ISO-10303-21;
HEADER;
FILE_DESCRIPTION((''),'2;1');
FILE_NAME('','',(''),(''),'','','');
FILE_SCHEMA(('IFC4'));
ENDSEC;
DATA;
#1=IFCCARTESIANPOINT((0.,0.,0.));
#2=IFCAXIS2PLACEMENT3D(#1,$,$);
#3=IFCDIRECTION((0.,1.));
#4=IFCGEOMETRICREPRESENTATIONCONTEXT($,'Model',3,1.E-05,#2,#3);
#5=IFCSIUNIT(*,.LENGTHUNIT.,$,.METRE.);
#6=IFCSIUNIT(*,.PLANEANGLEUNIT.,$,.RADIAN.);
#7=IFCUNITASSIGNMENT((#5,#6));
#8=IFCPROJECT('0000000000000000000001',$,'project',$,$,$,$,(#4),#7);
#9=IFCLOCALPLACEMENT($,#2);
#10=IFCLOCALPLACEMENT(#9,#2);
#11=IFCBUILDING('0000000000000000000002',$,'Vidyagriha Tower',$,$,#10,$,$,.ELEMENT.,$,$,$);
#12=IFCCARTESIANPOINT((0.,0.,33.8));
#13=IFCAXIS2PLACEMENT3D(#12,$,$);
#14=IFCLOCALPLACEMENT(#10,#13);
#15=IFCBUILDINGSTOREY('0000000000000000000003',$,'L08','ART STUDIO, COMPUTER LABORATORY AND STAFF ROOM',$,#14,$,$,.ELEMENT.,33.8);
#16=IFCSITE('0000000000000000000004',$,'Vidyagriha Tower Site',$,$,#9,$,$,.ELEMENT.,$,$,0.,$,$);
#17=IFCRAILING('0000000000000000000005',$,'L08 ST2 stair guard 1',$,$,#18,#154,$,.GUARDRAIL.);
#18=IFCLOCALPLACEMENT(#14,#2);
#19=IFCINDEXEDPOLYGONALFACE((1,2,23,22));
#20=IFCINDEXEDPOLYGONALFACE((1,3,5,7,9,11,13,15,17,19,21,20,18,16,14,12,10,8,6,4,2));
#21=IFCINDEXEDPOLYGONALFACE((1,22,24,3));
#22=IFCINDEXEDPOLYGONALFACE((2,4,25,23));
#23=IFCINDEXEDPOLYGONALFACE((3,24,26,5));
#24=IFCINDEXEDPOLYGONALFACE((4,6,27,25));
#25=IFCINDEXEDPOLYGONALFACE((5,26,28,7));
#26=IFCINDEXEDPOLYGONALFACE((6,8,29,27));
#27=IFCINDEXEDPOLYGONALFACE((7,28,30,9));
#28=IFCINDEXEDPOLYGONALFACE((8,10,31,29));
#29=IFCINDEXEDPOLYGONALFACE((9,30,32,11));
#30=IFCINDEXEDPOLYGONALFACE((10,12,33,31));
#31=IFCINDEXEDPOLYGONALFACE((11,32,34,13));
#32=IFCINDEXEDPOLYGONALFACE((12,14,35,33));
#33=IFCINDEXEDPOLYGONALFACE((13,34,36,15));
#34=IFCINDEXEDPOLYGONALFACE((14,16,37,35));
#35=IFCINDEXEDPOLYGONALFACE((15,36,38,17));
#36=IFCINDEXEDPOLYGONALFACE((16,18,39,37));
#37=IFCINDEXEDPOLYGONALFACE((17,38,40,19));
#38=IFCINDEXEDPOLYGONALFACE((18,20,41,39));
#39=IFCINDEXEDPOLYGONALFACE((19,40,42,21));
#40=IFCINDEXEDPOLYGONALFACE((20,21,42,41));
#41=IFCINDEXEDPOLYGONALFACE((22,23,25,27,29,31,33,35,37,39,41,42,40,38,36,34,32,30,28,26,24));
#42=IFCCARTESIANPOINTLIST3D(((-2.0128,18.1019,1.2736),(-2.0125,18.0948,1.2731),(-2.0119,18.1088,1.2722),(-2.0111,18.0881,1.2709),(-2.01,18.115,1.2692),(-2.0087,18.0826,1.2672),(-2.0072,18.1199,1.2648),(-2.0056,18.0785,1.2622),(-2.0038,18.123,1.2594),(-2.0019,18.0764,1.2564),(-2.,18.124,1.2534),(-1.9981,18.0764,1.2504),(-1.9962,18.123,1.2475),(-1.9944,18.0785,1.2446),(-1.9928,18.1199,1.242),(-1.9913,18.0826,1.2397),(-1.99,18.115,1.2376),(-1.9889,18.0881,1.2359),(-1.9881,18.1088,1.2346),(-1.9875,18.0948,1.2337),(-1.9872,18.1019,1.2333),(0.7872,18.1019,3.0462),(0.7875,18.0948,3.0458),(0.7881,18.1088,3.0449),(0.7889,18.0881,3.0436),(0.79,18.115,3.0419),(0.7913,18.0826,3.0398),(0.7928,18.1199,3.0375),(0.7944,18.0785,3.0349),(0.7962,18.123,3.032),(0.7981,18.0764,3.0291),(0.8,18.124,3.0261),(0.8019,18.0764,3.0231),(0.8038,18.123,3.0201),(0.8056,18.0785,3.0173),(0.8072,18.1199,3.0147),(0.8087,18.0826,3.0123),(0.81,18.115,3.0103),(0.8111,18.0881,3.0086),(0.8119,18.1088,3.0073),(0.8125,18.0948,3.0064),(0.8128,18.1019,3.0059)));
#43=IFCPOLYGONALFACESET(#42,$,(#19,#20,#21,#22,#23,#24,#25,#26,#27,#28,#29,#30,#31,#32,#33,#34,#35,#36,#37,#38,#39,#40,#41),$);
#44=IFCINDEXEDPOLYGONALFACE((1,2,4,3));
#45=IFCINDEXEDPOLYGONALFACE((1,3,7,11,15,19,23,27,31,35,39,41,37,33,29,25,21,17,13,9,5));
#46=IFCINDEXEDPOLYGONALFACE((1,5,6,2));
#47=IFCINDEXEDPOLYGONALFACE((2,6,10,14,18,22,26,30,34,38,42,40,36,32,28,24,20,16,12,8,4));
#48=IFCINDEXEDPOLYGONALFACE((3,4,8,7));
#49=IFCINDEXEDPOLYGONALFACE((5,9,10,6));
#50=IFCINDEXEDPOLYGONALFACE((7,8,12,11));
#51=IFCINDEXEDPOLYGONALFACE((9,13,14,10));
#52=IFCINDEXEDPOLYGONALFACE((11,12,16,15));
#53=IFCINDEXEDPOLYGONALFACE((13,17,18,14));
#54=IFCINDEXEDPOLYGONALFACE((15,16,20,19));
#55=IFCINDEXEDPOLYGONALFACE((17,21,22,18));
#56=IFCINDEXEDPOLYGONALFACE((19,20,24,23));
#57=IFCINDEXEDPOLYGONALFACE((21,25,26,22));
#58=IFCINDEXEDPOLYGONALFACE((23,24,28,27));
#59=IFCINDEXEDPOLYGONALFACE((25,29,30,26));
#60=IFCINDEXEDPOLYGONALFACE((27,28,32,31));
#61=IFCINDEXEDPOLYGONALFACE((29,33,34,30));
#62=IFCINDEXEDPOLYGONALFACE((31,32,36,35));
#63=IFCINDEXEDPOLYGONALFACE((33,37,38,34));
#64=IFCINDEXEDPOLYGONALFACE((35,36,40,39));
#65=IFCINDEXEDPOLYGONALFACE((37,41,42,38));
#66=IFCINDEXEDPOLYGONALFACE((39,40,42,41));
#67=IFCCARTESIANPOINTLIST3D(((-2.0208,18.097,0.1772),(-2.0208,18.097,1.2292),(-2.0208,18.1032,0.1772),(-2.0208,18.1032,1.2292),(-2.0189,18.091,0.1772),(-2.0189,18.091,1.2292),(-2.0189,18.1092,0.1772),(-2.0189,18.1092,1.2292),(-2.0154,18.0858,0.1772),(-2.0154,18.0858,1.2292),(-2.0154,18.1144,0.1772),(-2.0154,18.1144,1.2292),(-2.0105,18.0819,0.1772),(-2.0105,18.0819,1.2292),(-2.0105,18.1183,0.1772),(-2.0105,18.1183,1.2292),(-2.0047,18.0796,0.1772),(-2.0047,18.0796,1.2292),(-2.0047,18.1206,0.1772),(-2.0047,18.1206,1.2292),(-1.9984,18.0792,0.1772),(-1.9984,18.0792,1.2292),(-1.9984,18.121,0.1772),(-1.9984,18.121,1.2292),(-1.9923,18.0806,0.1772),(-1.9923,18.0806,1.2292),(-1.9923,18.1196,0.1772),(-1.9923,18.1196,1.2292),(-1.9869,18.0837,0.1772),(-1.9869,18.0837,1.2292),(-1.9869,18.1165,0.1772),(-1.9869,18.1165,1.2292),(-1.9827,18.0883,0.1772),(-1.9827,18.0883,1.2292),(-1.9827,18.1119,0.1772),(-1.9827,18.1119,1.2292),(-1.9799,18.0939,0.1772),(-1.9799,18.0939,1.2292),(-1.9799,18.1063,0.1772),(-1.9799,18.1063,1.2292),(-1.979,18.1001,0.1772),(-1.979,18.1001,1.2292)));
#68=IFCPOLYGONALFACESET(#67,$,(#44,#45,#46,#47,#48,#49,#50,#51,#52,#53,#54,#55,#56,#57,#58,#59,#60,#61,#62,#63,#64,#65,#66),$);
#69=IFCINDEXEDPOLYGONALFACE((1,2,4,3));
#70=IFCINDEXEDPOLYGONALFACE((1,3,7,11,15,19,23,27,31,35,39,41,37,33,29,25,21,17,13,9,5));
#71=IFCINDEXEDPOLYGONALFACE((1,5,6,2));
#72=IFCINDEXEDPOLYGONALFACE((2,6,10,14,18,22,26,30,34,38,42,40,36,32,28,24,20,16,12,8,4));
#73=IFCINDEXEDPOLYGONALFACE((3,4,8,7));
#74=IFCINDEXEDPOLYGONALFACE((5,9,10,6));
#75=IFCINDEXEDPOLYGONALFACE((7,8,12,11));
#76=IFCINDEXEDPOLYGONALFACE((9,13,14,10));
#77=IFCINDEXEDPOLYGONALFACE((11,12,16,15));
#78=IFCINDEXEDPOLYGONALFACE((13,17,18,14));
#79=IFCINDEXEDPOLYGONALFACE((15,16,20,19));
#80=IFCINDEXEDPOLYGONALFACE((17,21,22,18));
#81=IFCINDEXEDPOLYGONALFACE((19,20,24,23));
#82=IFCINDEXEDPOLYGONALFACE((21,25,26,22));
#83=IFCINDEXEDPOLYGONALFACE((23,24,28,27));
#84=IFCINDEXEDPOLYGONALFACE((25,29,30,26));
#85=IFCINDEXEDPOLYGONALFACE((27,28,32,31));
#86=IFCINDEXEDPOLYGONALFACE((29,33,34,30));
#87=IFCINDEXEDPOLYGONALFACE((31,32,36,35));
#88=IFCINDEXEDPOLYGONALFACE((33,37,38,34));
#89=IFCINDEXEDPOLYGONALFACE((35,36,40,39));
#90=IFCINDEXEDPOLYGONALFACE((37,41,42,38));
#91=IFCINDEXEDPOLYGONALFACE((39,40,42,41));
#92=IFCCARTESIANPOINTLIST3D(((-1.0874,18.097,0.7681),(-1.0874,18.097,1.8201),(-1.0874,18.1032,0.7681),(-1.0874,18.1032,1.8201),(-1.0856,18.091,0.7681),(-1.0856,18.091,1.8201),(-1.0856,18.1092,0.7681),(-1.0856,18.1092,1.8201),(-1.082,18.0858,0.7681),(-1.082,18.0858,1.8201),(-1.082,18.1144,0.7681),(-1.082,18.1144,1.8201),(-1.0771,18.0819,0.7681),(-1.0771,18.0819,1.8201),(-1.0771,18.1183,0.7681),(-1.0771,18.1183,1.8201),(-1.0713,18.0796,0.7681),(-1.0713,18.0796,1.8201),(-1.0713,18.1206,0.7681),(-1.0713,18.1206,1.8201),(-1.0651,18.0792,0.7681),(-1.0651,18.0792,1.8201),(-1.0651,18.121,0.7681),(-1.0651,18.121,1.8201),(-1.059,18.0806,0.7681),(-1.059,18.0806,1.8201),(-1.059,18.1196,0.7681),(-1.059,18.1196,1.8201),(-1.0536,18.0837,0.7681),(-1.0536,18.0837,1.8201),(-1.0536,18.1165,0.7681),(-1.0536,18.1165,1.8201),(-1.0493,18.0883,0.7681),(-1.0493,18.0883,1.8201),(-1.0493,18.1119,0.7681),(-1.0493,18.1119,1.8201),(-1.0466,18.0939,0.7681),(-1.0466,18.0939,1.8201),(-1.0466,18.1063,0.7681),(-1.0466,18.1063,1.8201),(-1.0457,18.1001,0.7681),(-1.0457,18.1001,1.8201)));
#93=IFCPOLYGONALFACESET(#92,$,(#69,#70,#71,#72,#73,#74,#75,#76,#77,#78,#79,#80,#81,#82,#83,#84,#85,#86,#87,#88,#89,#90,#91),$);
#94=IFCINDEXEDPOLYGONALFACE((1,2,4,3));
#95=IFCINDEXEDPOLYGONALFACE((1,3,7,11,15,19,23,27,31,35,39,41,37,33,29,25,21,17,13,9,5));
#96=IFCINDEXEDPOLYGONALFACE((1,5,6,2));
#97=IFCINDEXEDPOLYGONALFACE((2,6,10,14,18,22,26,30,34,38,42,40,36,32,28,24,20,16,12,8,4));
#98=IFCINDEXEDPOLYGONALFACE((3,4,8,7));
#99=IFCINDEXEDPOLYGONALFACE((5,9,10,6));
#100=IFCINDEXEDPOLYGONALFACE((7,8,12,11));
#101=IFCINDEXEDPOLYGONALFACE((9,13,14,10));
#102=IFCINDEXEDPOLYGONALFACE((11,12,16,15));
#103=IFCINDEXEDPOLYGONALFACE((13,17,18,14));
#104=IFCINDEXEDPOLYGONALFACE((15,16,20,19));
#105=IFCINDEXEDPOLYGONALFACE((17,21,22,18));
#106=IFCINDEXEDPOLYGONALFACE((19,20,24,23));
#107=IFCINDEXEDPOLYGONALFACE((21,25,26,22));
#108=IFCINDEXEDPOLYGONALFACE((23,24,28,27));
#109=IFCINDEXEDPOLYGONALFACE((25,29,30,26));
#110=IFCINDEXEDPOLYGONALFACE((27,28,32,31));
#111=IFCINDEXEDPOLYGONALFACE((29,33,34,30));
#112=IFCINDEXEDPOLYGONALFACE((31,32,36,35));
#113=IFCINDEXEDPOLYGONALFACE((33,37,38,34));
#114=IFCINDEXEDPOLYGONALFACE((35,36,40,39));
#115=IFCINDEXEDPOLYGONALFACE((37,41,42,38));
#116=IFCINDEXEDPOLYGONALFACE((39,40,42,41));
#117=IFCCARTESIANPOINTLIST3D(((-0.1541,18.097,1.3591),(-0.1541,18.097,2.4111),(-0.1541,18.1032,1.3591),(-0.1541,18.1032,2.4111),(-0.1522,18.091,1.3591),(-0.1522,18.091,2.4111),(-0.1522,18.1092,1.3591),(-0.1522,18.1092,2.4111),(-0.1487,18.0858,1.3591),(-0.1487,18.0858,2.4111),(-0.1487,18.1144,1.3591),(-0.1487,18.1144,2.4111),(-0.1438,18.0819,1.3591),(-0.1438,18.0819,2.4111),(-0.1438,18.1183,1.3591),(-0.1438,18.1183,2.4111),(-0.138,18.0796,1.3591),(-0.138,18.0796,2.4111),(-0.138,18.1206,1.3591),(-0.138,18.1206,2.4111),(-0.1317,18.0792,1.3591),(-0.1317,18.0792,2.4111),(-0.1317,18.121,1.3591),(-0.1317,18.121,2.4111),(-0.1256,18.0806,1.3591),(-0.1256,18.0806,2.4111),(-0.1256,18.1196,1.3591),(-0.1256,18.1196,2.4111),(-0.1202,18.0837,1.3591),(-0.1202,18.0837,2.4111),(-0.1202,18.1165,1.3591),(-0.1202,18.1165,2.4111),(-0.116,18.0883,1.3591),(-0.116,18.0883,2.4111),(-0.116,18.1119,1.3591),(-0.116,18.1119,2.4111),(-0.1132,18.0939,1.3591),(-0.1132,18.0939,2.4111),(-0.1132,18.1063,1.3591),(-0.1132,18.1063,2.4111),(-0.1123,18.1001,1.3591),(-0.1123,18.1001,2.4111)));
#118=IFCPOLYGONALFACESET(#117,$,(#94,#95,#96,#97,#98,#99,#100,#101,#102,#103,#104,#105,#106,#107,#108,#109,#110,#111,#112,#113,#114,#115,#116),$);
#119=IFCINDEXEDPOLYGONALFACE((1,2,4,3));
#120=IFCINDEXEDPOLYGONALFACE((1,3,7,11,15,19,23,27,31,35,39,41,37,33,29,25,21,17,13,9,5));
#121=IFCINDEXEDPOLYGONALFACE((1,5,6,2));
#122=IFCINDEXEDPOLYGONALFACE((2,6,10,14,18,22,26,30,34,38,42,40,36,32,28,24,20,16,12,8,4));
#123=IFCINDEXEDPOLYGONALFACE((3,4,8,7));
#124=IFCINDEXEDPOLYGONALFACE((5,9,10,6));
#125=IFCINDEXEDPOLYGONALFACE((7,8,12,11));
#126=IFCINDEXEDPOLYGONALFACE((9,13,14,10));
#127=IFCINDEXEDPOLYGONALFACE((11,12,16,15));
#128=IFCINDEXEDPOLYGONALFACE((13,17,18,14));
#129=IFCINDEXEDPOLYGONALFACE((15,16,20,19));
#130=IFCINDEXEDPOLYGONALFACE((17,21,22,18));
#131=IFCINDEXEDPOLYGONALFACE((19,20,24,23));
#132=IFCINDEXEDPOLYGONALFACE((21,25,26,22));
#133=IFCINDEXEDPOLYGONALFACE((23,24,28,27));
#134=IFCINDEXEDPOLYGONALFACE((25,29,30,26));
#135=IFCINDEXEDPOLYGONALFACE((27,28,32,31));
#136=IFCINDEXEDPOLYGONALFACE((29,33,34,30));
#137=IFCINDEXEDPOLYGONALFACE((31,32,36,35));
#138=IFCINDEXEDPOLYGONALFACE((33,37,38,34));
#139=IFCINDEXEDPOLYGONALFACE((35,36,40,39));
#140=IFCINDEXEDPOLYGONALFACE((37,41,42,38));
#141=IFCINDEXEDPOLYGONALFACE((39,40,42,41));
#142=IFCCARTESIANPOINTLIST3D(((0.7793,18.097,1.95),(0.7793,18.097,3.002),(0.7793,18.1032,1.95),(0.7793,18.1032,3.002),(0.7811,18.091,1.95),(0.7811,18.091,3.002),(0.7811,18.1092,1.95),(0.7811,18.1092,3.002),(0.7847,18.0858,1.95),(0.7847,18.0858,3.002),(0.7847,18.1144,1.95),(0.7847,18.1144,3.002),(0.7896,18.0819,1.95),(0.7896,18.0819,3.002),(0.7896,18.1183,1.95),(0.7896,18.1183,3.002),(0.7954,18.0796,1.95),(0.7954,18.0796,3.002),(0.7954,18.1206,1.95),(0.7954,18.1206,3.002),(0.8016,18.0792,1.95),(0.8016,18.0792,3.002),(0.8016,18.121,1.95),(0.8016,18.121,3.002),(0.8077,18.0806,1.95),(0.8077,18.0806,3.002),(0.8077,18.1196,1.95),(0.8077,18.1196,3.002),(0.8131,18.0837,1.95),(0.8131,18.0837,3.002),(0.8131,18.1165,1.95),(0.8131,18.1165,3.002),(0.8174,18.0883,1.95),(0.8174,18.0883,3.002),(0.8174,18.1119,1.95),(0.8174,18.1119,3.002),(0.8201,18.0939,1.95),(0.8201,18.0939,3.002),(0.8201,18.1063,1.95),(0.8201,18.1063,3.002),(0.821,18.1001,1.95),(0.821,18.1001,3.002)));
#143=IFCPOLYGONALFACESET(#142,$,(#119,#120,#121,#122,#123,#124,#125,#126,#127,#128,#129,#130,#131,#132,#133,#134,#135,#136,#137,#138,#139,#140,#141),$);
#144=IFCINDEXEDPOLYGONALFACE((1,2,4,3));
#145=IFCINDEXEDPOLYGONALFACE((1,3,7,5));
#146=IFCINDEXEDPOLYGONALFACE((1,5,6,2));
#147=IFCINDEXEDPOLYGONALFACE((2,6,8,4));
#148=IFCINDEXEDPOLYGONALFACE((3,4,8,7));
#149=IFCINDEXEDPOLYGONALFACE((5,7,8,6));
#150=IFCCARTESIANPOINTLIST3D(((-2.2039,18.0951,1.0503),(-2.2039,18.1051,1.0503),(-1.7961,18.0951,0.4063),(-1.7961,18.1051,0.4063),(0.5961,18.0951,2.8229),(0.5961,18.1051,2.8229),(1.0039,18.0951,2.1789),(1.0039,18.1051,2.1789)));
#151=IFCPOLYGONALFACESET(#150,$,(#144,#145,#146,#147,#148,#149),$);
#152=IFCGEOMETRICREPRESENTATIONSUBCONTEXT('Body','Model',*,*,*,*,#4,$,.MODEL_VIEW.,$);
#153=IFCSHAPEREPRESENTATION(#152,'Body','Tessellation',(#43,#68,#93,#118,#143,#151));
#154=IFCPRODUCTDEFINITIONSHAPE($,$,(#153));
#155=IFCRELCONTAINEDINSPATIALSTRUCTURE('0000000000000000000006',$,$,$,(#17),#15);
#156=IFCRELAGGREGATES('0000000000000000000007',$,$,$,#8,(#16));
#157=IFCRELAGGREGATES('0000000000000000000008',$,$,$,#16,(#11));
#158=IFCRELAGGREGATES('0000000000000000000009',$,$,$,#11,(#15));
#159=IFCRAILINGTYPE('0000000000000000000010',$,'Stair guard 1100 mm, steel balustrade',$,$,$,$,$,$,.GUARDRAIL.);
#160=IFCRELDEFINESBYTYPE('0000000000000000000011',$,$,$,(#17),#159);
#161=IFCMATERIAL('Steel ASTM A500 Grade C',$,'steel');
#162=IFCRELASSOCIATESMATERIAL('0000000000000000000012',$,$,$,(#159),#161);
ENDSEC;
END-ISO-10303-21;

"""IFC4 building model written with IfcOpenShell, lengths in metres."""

from ifc_helpers import new_model, si_unit, direction, frame, origin, origin_2d, place, context, subcontext, project, spatial, rectangle, circle, extrude, material, type_object, element, save


model = new_model("IFC4")

# Units and contexts
model_context = context("Model", 3, precision=1e-05, world=origin(), true_north=direction((0.0, 1.0)))
body_context = subcontext(model_context, "Body", "Model", "MODEL_VIEW")
ifc_project = project(units=[si_unit("LENGTHUNIT", "METRE"), si_unit("PLANEANGLEUNIT", "RADIAN")], contexts=[model_context])

# Site, building, storey
site_placement = place(None, origin())
site = spatial("IfcSite", under=ifc_project, at=site_placement, Name="Vidyagriha Tower Site", CompositionType="ELEMENT", RefElevation=0.0)
building_placement = place(site_placement, origin())
building = spatial("IfcBuilding", under=site, at=building_placement, Name="Vidyagriha Tower", CompositionType="ELEMENT")
storey_placement = place(building_placement, frame((0.0, 0.0, 33.8)))
storey = spatial("IfcBuildingStorey", under=building, at=storey_placement, Name="L08", Description="ART STUDIO, COMPUTER LABORATORY AND STAFF ROOM", CompositionType="ELEMENT", Elevation=33.8)

# Railing
ifc_material_1 = material(Name="Steel ASTM A500 Grade C", Category="steel")
railing_type_1 = type_object("IfcRailingType", Name="Stair guard 1100 mm, steel balustrade", PredefinedType="GUARDRAIL", material=ifc_material_1)
railing_1_placement = place(storey_placement, frame((-2.0, 18.1001, 0.1772)))
element("IfcRailing", 1, at=railing_1_placement, inside=storey, type_object=railing_type_1, Name="L08 ST2 stair guard 1", PredefinedType="GUARDRAIL", context=body_context, shape_type="SweptSolid", body=[
    extrude(circle(Radius=0.0239, at=origin_2d()), frame((0.0, 0.0, 1.0762), z_axis=(0.844909, 0.0, 0.53491), x_axis=(0.0, 1.0, 0.0)), (0.0, 0.0, 1.0), 3.314),
    extrude(circle(Radius=0.021, at=origin_2d()), origin(), (0.0, 0.0, 1.0), 1.052),
    extrude(circle(Radius=0.021, at=origin_2d()), frame((0.9333, 0.0, 0.5908)), (0.0, 0.0, 1.0), 1.052),
    extrude(circle(Radius=0.021, at=origin_2d()), frame((1.8667, 0.0, 1.1819)), (0.0, 0.0, 1.0), 1.052),
    extrude(circle(Radius=0.021, at=origin_2d()), frame((2.8, 0.0, 1.7727)), (0.0, 0.0, 1.0), 1.052),
    extrude(rectangle(XDim=0.01, YDim=0.7622, at=origin_2d()), frame((0.0, 0.0, 0.551), z_axis=(0.844909, 0.0, 0.53491), x_axis=(0.0, 1.0, 0.0)), (0.0, 0.0, 1.0), 3.314),
])

save(model, "model.ifc")
